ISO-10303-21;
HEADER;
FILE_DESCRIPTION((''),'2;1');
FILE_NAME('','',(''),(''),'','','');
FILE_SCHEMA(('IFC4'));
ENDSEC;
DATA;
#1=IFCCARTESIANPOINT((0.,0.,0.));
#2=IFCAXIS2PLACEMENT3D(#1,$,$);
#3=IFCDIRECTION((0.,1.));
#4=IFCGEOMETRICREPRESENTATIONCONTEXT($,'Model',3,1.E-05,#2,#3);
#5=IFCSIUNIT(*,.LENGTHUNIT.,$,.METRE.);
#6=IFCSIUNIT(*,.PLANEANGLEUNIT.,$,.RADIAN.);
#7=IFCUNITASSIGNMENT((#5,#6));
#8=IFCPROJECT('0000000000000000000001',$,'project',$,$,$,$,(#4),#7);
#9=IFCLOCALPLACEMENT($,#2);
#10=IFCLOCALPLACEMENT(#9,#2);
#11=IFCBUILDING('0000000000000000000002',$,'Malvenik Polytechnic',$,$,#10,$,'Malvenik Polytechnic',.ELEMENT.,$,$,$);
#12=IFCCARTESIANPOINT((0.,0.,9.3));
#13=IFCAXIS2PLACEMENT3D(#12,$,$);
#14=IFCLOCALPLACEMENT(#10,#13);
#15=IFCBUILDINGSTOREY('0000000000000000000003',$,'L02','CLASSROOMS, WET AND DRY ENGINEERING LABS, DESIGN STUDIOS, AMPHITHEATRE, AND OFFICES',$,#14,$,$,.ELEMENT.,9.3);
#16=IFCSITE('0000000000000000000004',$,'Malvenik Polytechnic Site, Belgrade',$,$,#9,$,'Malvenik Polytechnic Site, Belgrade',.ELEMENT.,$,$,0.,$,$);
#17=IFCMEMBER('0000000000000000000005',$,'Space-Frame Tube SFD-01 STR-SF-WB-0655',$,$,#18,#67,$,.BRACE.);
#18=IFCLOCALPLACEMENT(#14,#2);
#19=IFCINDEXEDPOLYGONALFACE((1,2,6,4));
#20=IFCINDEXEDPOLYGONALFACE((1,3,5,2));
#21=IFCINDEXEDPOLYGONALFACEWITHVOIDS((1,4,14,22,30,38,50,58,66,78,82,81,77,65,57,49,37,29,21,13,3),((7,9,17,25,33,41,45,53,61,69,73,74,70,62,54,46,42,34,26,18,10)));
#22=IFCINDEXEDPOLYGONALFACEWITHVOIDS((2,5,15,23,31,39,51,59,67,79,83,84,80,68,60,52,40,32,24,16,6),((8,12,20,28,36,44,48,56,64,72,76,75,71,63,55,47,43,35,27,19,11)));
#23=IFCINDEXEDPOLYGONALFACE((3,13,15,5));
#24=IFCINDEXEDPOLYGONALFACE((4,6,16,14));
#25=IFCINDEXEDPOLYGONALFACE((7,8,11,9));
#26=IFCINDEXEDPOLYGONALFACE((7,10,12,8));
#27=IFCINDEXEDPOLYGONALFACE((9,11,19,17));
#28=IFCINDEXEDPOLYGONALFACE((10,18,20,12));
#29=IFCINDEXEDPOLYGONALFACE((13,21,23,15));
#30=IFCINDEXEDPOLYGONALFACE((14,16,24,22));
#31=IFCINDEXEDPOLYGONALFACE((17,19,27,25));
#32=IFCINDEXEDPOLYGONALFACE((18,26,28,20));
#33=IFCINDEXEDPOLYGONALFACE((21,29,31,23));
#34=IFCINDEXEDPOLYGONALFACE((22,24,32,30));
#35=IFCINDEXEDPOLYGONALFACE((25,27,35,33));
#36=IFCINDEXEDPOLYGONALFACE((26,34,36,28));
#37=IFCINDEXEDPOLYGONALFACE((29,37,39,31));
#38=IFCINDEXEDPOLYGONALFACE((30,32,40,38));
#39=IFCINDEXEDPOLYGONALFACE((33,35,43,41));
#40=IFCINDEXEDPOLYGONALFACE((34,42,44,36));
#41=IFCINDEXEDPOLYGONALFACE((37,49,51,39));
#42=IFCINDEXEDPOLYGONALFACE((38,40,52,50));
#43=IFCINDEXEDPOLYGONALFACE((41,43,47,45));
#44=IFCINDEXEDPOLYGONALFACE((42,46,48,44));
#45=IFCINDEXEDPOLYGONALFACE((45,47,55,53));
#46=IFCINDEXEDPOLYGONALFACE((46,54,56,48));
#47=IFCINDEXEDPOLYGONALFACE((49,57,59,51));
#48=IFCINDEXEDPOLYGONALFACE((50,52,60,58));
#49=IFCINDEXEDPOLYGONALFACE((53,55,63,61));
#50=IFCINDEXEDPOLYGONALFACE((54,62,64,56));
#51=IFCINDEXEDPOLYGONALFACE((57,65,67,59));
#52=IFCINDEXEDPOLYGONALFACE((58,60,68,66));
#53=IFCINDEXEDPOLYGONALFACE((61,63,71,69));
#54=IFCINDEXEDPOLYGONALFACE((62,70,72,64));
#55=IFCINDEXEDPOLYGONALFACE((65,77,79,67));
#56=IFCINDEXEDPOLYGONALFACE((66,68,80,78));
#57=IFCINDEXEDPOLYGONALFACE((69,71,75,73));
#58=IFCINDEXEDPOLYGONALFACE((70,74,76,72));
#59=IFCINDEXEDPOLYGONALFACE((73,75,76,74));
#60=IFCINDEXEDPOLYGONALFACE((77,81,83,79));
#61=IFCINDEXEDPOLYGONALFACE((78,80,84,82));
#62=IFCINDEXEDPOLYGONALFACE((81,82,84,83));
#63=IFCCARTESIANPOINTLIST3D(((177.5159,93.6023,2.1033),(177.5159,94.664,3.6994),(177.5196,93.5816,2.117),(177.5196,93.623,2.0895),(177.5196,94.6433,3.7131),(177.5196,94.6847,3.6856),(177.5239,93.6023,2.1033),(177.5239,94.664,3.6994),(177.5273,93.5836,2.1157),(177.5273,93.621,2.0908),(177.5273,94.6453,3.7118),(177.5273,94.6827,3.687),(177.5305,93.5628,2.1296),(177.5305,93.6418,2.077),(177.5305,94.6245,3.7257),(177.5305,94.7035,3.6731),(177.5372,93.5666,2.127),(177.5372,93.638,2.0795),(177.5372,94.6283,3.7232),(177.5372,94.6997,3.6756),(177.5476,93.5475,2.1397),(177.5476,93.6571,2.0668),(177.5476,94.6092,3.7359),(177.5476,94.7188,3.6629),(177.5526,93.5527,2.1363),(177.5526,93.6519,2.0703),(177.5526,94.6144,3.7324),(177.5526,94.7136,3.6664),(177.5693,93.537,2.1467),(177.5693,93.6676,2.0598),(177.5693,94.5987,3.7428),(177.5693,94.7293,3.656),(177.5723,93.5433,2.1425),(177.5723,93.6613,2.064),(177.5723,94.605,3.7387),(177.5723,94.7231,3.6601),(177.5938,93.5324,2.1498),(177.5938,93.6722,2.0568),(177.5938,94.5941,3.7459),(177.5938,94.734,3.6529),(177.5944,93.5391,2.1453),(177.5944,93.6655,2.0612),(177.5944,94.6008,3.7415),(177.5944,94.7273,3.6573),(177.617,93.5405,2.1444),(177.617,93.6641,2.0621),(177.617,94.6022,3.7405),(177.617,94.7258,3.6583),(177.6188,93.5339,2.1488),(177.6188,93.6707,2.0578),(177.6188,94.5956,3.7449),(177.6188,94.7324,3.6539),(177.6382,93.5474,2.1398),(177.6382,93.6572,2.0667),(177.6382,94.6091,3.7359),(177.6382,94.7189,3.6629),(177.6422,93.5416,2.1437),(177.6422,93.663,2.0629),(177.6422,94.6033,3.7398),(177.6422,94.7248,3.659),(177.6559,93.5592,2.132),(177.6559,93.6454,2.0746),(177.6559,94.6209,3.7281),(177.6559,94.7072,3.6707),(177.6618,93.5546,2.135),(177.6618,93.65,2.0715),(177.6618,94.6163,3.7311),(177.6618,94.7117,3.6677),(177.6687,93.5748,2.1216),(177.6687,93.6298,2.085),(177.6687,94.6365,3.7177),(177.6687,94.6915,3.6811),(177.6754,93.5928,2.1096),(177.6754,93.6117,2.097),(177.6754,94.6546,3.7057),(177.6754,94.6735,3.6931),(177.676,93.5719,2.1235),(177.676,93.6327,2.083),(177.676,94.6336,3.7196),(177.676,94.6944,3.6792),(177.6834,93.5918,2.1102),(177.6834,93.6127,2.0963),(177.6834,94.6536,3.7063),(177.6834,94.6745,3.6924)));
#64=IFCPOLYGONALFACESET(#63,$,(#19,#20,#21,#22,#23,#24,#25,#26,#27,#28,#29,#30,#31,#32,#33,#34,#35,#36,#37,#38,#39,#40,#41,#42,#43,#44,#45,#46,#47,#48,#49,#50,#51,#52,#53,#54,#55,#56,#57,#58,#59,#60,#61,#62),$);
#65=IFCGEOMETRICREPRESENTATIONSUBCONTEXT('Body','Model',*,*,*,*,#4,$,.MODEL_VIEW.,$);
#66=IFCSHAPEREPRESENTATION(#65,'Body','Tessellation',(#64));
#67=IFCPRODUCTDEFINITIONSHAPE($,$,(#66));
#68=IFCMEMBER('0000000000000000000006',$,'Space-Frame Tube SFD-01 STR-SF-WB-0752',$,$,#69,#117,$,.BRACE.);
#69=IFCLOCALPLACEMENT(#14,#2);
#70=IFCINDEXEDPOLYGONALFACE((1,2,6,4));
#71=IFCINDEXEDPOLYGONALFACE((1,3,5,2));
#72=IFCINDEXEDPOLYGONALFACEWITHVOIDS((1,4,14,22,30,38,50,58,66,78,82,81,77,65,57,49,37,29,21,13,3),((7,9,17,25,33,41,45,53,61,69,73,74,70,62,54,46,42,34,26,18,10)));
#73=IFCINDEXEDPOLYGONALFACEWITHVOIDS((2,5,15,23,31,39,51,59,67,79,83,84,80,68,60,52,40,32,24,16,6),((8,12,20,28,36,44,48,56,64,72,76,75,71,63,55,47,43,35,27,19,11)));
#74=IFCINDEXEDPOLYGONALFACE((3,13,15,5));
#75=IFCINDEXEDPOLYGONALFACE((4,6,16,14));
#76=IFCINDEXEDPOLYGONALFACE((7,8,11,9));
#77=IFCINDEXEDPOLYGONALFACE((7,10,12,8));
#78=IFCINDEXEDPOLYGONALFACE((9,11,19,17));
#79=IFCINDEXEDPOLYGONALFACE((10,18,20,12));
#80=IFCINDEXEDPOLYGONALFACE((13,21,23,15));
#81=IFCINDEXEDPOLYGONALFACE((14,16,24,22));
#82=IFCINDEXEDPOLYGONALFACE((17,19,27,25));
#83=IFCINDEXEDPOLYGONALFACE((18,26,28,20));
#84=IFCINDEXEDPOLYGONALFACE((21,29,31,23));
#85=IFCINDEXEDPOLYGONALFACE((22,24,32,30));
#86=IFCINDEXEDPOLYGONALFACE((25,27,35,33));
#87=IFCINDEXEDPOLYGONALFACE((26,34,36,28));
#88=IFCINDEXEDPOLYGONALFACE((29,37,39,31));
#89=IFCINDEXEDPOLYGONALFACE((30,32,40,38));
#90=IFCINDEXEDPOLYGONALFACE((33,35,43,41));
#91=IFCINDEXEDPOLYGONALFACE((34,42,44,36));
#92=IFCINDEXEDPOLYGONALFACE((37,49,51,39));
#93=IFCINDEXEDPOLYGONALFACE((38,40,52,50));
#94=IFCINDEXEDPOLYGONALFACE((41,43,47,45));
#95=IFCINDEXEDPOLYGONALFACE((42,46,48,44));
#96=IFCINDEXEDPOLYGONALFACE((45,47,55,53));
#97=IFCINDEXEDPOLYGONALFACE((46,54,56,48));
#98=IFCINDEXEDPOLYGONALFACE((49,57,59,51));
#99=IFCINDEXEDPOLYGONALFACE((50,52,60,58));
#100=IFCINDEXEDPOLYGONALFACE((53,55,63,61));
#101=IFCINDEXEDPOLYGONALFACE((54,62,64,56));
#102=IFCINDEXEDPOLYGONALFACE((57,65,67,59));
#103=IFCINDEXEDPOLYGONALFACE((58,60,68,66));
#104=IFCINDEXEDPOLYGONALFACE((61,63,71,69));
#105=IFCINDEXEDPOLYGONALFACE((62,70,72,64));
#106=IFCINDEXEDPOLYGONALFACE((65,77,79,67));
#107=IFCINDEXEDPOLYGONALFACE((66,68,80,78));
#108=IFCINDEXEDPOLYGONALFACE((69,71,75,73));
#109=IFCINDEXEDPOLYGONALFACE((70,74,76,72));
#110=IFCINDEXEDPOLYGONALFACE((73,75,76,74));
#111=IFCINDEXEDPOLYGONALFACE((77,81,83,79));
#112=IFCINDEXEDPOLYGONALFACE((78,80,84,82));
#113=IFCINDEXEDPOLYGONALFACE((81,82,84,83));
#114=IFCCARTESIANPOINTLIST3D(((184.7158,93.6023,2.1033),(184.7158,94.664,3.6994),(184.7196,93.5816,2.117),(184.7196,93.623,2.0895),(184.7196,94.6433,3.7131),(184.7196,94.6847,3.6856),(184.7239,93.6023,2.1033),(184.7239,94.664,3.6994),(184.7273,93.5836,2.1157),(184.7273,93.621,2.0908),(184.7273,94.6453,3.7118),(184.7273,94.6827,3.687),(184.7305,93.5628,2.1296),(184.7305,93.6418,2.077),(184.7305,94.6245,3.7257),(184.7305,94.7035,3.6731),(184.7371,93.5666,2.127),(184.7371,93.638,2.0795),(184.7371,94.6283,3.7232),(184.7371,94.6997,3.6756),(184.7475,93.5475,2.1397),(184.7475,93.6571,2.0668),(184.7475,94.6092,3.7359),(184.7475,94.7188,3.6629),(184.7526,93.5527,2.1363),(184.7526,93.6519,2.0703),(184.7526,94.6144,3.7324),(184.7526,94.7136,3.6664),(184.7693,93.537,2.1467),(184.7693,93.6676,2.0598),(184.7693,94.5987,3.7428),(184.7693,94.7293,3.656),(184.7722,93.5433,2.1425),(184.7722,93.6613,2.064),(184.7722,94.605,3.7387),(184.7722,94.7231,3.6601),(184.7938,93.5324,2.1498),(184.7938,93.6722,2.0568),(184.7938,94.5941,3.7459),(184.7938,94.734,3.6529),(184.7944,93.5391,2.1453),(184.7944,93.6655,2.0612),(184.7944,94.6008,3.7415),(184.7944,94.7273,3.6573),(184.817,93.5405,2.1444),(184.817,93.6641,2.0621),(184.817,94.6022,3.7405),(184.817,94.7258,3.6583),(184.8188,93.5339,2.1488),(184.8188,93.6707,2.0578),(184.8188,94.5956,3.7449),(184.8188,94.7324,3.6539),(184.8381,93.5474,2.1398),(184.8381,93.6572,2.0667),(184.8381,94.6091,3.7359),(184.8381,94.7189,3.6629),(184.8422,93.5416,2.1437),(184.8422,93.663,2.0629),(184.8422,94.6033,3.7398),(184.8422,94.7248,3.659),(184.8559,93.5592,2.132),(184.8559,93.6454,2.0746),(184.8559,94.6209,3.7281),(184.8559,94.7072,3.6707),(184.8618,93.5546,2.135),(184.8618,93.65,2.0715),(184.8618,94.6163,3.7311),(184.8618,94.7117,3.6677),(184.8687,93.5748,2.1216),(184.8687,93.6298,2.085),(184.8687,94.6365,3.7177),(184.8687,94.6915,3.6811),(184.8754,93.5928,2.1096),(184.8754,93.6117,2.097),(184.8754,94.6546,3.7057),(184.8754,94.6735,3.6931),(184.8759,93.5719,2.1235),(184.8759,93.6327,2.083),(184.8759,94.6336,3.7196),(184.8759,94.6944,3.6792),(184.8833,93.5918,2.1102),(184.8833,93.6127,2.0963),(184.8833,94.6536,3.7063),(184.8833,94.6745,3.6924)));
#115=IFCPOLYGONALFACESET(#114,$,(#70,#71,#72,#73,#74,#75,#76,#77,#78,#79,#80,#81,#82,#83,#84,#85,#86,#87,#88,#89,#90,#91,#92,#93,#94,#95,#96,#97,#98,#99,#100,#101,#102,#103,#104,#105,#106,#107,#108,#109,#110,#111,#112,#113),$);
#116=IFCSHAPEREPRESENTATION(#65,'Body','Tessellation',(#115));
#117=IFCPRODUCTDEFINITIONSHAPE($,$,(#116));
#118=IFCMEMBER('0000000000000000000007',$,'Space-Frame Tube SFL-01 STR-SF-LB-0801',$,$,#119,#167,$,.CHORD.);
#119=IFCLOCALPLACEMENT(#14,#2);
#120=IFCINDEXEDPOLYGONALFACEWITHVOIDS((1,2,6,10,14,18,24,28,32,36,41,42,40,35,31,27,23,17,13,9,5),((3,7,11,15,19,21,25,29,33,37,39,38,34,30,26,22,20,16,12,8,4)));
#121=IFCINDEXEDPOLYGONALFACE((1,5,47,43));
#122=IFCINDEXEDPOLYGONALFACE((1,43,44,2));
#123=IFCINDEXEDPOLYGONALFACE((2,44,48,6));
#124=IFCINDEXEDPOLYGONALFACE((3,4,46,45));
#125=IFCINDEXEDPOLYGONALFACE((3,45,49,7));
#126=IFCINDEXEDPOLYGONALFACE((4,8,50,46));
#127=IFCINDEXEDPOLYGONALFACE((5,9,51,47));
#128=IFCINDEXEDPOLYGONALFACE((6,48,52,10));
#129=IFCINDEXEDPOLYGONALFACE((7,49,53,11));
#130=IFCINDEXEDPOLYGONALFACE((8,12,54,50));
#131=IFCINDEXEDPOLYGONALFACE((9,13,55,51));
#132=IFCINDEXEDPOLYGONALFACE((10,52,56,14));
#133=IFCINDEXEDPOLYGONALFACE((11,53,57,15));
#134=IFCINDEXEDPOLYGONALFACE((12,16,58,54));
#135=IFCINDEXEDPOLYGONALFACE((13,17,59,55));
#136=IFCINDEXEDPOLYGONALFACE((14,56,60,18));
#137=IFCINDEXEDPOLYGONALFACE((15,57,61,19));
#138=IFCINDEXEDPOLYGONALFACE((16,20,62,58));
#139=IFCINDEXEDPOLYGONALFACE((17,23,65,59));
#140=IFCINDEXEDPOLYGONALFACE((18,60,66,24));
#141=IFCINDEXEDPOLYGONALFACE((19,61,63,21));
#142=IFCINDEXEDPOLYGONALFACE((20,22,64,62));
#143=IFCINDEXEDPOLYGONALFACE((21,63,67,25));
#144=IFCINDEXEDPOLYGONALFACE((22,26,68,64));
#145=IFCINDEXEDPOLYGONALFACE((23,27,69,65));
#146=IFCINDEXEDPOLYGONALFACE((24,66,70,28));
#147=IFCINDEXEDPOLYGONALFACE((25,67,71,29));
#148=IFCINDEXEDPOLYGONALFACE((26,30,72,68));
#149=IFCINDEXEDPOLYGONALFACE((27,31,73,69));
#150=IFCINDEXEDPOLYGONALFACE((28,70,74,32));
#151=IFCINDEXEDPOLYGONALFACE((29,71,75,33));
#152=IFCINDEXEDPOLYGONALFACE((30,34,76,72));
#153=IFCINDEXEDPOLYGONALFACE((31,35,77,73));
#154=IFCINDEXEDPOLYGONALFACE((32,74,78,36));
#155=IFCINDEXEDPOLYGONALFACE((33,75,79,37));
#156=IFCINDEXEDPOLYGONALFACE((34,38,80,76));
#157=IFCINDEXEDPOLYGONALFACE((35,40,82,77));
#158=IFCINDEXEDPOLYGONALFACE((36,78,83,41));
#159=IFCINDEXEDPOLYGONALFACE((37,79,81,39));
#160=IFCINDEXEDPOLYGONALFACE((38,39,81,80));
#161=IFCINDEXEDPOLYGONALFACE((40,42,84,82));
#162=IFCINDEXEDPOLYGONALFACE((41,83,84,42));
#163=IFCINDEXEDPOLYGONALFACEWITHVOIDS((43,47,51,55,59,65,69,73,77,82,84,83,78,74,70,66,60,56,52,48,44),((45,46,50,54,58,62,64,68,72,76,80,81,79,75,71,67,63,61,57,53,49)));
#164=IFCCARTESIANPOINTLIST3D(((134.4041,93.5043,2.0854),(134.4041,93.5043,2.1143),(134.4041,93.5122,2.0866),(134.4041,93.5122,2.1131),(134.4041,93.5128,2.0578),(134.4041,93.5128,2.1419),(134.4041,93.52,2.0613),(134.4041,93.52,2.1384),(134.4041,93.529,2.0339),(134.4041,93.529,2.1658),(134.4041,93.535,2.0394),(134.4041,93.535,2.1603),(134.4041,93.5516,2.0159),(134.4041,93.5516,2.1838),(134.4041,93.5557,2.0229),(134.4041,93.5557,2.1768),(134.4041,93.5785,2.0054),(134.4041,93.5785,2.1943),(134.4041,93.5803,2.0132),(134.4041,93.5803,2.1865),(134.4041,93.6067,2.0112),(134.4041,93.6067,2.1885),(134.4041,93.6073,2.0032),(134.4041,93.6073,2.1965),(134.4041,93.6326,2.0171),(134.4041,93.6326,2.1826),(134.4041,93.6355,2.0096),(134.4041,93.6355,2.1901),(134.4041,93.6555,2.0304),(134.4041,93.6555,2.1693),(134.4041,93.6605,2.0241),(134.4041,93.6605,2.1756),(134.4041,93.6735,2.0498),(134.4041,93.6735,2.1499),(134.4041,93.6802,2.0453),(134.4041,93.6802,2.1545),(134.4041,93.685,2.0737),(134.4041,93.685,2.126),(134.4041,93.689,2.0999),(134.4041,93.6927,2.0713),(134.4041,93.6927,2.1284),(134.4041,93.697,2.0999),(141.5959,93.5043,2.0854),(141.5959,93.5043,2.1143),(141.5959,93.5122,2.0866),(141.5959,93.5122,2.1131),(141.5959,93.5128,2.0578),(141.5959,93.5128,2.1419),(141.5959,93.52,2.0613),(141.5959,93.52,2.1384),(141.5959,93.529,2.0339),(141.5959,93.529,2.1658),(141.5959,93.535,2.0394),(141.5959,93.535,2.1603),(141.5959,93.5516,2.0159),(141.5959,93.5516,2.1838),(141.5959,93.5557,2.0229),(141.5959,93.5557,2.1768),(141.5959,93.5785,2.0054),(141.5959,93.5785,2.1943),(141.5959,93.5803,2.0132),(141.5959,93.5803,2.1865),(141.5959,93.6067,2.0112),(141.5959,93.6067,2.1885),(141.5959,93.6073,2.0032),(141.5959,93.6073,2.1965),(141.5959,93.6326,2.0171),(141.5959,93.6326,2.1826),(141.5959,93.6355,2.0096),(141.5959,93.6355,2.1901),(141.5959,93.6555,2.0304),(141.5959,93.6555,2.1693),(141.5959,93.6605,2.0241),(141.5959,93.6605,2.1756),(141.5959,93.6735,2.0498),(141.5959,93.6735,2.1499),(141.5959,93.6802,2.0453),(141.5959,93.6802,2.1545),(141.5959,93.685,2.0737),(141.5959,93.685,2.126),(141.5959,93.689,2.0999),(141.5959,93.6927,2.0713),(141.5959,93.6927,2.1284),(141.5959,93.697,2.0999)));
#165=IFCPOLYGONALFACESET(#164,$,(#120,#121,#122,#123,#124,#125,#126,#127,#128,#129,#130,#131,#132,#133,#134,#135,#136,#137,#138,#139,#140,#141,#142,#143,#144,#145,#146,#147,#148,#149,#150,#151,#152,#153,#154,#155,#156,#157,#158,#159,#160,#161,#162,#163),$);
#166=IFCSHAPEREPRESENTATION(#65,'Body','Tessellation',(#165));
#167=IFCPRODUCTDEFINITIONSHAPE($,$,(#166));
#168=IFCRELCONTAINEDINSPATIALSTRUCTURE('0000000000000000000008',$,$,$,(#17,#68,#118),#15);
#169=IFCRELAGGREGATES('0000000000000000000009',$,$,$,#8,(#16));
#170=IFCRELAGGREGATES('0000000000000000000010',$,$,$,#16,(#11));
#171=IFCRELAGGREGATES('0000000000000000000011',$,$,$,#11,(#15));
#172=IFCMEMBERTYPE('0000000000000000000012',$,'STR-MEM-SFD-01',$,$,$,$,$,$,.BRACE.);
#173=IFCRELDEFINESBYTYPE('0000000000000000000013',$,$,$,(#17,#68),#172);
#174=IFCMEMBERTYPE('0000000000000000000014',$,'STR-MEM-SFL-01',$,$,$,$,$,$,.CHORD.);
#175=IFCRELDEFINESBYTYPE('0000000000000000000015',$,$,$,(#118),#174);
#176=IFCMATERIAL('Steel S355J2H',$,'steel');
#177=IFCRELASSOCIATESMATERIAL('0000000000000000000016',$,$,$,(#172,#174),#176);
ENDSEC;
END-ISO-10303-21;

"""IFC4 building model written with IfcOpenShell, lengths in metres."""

from ifc_helpers import new_model, si_unit, direction, frame, origin, origin_2d, place, context, subcontext, project, spatial, hollow_circle, extrude, material, material_profile, profile_set, type_object, element, save


model = new_model("IFC4")

# Units and contexts
model_context = context("Model", 3, precision=1e-05, world=origin(), true_north=direction((0.0, 1.0)))
body_context = subcontext(model_context, "Body", "Model", "MODEL_VIEW")
ifc_project = project(units=[si_unit("LENGTHUNIT", "METRE"), si_unit("PLANEANGLEUNIT", "RADIAN")], contexts=[model_context])

# Site, building, storey
site_placement = place(None, origin())
site = spatial("IfcSite", under=ifc_project, at=site_placement, Name="Malvenik Polytechnic Site, Belgrade", LongName="Malvenik Polytechnic Site, Belgrade", CompositionType="ELEMENT", RefElevation=0.0)
building_placement = place(site_placement, origin())
building = spatial("IfcBuilding", under=site, at=building_placement, Name="Malvenik Polytechnic", LongName="Malvenik Polytechnic", CompositionType="ELEMENT")
storey_placement = place(building_placement, frame((0.0, 0.0, 9.3)))
storey = spatial("IfcBuildingStorey", under=building, at=storey_placement, Name="L02", Description="CLASSROOMS, WET AND DRY ENGINEERING LABS, DESIGN STUDIOS, AMPHITHEATRE, AND OFFICES", CompositionType="ELEMENT", Elevation=9.3)

# Members
ifc_material_1 = material(Name="Steel S355J2H", Category="steel")
ifc_material_profile_1 = material_profile(ifc_material_1, hollow_circle(Radius=0.0842, WallThickness=0.0081, at=origin_2d()), Name="CHS 168.3x8.0")
ifc_profile_set_1 = profile_set([ifc_material_profile_1], Name="Steel S355J2H")
member_type_1 = type_object("IfcMemberType", Name="STR-MEM-SFD-01", PredefinedType="BRACE", material=ifc_profile_set_1)
for number, where, z_axis, x_axis, name in (
    (1, (177.6001, 93.6023, 2.1033), (0.0, 0.553848, 0.832618), (-1.0, 0.0, 0.0), "Space-Frame Tube SFD-01 STR-SF-WB-0655"),
    (2, (184.8, 93.6023, 2.1033), (0.0, 0.553848, 0.832618), (-1.0, 0.0, 0.0), "Space-Frame Tube SFD-01 STR-SF-WB-0752"),
):
    element("IfcMember", number, at=place(storey_placement, frame(where, z_axis=z_axis, x_axis=x_axis)), inside=storey, type_object=member_type_1, Name=name, PredefinedType="BRACE", context=body_context, shape_type="SweptSolid", body=[
        extrude(hollow_circle(Radius=0.0842, WallThickness=0.0081, at=origin_2d()), origin(), (0.0, 0.0, 1.0), 1.917),
    ])
ifc_material_profile_2 = material_profile(ifc_material_1, hollow_circle(Radius=0.0969, WallThickness=0.0081, at=origin_2d()), Name="CHS 193.7x8.0")
ifc_profile_set_2 = profile_set([ifc_material_profile_2], Name="Steel S355J2H")
member_type_2 = type_object("IfcMemberType", Name="STR-MEM-SFL-01", PredefinedType="CHORD", material=ifc_profile_set_2)
for number, where, z_axis, x_axis, name in (
    (3, (134.4041, 93.6001, 2.0999), (1.0, 0.0, 0.0), (0.0, 1.0, 0.0), "Space-Frame Tube SFL-01 STR-SF-LB-0801"),
):
    element("IfcMember", number, at=place(storey_placement, frame(where, z_axis=z_axis, x_axis=x_axis)), inside=storey, type_object=member_type_2, Name=name, PredefinedType="CHORD", context=body_context, shape_type="SweptSolid", body=[
        extrude(hollow_circle(Radius=0.0969, WallThickness=0.0081, at=origin_2d()), origin(), (0.0, 0.0, 1.0), 7.1919),
    ])

save(model, "model.ifc")
